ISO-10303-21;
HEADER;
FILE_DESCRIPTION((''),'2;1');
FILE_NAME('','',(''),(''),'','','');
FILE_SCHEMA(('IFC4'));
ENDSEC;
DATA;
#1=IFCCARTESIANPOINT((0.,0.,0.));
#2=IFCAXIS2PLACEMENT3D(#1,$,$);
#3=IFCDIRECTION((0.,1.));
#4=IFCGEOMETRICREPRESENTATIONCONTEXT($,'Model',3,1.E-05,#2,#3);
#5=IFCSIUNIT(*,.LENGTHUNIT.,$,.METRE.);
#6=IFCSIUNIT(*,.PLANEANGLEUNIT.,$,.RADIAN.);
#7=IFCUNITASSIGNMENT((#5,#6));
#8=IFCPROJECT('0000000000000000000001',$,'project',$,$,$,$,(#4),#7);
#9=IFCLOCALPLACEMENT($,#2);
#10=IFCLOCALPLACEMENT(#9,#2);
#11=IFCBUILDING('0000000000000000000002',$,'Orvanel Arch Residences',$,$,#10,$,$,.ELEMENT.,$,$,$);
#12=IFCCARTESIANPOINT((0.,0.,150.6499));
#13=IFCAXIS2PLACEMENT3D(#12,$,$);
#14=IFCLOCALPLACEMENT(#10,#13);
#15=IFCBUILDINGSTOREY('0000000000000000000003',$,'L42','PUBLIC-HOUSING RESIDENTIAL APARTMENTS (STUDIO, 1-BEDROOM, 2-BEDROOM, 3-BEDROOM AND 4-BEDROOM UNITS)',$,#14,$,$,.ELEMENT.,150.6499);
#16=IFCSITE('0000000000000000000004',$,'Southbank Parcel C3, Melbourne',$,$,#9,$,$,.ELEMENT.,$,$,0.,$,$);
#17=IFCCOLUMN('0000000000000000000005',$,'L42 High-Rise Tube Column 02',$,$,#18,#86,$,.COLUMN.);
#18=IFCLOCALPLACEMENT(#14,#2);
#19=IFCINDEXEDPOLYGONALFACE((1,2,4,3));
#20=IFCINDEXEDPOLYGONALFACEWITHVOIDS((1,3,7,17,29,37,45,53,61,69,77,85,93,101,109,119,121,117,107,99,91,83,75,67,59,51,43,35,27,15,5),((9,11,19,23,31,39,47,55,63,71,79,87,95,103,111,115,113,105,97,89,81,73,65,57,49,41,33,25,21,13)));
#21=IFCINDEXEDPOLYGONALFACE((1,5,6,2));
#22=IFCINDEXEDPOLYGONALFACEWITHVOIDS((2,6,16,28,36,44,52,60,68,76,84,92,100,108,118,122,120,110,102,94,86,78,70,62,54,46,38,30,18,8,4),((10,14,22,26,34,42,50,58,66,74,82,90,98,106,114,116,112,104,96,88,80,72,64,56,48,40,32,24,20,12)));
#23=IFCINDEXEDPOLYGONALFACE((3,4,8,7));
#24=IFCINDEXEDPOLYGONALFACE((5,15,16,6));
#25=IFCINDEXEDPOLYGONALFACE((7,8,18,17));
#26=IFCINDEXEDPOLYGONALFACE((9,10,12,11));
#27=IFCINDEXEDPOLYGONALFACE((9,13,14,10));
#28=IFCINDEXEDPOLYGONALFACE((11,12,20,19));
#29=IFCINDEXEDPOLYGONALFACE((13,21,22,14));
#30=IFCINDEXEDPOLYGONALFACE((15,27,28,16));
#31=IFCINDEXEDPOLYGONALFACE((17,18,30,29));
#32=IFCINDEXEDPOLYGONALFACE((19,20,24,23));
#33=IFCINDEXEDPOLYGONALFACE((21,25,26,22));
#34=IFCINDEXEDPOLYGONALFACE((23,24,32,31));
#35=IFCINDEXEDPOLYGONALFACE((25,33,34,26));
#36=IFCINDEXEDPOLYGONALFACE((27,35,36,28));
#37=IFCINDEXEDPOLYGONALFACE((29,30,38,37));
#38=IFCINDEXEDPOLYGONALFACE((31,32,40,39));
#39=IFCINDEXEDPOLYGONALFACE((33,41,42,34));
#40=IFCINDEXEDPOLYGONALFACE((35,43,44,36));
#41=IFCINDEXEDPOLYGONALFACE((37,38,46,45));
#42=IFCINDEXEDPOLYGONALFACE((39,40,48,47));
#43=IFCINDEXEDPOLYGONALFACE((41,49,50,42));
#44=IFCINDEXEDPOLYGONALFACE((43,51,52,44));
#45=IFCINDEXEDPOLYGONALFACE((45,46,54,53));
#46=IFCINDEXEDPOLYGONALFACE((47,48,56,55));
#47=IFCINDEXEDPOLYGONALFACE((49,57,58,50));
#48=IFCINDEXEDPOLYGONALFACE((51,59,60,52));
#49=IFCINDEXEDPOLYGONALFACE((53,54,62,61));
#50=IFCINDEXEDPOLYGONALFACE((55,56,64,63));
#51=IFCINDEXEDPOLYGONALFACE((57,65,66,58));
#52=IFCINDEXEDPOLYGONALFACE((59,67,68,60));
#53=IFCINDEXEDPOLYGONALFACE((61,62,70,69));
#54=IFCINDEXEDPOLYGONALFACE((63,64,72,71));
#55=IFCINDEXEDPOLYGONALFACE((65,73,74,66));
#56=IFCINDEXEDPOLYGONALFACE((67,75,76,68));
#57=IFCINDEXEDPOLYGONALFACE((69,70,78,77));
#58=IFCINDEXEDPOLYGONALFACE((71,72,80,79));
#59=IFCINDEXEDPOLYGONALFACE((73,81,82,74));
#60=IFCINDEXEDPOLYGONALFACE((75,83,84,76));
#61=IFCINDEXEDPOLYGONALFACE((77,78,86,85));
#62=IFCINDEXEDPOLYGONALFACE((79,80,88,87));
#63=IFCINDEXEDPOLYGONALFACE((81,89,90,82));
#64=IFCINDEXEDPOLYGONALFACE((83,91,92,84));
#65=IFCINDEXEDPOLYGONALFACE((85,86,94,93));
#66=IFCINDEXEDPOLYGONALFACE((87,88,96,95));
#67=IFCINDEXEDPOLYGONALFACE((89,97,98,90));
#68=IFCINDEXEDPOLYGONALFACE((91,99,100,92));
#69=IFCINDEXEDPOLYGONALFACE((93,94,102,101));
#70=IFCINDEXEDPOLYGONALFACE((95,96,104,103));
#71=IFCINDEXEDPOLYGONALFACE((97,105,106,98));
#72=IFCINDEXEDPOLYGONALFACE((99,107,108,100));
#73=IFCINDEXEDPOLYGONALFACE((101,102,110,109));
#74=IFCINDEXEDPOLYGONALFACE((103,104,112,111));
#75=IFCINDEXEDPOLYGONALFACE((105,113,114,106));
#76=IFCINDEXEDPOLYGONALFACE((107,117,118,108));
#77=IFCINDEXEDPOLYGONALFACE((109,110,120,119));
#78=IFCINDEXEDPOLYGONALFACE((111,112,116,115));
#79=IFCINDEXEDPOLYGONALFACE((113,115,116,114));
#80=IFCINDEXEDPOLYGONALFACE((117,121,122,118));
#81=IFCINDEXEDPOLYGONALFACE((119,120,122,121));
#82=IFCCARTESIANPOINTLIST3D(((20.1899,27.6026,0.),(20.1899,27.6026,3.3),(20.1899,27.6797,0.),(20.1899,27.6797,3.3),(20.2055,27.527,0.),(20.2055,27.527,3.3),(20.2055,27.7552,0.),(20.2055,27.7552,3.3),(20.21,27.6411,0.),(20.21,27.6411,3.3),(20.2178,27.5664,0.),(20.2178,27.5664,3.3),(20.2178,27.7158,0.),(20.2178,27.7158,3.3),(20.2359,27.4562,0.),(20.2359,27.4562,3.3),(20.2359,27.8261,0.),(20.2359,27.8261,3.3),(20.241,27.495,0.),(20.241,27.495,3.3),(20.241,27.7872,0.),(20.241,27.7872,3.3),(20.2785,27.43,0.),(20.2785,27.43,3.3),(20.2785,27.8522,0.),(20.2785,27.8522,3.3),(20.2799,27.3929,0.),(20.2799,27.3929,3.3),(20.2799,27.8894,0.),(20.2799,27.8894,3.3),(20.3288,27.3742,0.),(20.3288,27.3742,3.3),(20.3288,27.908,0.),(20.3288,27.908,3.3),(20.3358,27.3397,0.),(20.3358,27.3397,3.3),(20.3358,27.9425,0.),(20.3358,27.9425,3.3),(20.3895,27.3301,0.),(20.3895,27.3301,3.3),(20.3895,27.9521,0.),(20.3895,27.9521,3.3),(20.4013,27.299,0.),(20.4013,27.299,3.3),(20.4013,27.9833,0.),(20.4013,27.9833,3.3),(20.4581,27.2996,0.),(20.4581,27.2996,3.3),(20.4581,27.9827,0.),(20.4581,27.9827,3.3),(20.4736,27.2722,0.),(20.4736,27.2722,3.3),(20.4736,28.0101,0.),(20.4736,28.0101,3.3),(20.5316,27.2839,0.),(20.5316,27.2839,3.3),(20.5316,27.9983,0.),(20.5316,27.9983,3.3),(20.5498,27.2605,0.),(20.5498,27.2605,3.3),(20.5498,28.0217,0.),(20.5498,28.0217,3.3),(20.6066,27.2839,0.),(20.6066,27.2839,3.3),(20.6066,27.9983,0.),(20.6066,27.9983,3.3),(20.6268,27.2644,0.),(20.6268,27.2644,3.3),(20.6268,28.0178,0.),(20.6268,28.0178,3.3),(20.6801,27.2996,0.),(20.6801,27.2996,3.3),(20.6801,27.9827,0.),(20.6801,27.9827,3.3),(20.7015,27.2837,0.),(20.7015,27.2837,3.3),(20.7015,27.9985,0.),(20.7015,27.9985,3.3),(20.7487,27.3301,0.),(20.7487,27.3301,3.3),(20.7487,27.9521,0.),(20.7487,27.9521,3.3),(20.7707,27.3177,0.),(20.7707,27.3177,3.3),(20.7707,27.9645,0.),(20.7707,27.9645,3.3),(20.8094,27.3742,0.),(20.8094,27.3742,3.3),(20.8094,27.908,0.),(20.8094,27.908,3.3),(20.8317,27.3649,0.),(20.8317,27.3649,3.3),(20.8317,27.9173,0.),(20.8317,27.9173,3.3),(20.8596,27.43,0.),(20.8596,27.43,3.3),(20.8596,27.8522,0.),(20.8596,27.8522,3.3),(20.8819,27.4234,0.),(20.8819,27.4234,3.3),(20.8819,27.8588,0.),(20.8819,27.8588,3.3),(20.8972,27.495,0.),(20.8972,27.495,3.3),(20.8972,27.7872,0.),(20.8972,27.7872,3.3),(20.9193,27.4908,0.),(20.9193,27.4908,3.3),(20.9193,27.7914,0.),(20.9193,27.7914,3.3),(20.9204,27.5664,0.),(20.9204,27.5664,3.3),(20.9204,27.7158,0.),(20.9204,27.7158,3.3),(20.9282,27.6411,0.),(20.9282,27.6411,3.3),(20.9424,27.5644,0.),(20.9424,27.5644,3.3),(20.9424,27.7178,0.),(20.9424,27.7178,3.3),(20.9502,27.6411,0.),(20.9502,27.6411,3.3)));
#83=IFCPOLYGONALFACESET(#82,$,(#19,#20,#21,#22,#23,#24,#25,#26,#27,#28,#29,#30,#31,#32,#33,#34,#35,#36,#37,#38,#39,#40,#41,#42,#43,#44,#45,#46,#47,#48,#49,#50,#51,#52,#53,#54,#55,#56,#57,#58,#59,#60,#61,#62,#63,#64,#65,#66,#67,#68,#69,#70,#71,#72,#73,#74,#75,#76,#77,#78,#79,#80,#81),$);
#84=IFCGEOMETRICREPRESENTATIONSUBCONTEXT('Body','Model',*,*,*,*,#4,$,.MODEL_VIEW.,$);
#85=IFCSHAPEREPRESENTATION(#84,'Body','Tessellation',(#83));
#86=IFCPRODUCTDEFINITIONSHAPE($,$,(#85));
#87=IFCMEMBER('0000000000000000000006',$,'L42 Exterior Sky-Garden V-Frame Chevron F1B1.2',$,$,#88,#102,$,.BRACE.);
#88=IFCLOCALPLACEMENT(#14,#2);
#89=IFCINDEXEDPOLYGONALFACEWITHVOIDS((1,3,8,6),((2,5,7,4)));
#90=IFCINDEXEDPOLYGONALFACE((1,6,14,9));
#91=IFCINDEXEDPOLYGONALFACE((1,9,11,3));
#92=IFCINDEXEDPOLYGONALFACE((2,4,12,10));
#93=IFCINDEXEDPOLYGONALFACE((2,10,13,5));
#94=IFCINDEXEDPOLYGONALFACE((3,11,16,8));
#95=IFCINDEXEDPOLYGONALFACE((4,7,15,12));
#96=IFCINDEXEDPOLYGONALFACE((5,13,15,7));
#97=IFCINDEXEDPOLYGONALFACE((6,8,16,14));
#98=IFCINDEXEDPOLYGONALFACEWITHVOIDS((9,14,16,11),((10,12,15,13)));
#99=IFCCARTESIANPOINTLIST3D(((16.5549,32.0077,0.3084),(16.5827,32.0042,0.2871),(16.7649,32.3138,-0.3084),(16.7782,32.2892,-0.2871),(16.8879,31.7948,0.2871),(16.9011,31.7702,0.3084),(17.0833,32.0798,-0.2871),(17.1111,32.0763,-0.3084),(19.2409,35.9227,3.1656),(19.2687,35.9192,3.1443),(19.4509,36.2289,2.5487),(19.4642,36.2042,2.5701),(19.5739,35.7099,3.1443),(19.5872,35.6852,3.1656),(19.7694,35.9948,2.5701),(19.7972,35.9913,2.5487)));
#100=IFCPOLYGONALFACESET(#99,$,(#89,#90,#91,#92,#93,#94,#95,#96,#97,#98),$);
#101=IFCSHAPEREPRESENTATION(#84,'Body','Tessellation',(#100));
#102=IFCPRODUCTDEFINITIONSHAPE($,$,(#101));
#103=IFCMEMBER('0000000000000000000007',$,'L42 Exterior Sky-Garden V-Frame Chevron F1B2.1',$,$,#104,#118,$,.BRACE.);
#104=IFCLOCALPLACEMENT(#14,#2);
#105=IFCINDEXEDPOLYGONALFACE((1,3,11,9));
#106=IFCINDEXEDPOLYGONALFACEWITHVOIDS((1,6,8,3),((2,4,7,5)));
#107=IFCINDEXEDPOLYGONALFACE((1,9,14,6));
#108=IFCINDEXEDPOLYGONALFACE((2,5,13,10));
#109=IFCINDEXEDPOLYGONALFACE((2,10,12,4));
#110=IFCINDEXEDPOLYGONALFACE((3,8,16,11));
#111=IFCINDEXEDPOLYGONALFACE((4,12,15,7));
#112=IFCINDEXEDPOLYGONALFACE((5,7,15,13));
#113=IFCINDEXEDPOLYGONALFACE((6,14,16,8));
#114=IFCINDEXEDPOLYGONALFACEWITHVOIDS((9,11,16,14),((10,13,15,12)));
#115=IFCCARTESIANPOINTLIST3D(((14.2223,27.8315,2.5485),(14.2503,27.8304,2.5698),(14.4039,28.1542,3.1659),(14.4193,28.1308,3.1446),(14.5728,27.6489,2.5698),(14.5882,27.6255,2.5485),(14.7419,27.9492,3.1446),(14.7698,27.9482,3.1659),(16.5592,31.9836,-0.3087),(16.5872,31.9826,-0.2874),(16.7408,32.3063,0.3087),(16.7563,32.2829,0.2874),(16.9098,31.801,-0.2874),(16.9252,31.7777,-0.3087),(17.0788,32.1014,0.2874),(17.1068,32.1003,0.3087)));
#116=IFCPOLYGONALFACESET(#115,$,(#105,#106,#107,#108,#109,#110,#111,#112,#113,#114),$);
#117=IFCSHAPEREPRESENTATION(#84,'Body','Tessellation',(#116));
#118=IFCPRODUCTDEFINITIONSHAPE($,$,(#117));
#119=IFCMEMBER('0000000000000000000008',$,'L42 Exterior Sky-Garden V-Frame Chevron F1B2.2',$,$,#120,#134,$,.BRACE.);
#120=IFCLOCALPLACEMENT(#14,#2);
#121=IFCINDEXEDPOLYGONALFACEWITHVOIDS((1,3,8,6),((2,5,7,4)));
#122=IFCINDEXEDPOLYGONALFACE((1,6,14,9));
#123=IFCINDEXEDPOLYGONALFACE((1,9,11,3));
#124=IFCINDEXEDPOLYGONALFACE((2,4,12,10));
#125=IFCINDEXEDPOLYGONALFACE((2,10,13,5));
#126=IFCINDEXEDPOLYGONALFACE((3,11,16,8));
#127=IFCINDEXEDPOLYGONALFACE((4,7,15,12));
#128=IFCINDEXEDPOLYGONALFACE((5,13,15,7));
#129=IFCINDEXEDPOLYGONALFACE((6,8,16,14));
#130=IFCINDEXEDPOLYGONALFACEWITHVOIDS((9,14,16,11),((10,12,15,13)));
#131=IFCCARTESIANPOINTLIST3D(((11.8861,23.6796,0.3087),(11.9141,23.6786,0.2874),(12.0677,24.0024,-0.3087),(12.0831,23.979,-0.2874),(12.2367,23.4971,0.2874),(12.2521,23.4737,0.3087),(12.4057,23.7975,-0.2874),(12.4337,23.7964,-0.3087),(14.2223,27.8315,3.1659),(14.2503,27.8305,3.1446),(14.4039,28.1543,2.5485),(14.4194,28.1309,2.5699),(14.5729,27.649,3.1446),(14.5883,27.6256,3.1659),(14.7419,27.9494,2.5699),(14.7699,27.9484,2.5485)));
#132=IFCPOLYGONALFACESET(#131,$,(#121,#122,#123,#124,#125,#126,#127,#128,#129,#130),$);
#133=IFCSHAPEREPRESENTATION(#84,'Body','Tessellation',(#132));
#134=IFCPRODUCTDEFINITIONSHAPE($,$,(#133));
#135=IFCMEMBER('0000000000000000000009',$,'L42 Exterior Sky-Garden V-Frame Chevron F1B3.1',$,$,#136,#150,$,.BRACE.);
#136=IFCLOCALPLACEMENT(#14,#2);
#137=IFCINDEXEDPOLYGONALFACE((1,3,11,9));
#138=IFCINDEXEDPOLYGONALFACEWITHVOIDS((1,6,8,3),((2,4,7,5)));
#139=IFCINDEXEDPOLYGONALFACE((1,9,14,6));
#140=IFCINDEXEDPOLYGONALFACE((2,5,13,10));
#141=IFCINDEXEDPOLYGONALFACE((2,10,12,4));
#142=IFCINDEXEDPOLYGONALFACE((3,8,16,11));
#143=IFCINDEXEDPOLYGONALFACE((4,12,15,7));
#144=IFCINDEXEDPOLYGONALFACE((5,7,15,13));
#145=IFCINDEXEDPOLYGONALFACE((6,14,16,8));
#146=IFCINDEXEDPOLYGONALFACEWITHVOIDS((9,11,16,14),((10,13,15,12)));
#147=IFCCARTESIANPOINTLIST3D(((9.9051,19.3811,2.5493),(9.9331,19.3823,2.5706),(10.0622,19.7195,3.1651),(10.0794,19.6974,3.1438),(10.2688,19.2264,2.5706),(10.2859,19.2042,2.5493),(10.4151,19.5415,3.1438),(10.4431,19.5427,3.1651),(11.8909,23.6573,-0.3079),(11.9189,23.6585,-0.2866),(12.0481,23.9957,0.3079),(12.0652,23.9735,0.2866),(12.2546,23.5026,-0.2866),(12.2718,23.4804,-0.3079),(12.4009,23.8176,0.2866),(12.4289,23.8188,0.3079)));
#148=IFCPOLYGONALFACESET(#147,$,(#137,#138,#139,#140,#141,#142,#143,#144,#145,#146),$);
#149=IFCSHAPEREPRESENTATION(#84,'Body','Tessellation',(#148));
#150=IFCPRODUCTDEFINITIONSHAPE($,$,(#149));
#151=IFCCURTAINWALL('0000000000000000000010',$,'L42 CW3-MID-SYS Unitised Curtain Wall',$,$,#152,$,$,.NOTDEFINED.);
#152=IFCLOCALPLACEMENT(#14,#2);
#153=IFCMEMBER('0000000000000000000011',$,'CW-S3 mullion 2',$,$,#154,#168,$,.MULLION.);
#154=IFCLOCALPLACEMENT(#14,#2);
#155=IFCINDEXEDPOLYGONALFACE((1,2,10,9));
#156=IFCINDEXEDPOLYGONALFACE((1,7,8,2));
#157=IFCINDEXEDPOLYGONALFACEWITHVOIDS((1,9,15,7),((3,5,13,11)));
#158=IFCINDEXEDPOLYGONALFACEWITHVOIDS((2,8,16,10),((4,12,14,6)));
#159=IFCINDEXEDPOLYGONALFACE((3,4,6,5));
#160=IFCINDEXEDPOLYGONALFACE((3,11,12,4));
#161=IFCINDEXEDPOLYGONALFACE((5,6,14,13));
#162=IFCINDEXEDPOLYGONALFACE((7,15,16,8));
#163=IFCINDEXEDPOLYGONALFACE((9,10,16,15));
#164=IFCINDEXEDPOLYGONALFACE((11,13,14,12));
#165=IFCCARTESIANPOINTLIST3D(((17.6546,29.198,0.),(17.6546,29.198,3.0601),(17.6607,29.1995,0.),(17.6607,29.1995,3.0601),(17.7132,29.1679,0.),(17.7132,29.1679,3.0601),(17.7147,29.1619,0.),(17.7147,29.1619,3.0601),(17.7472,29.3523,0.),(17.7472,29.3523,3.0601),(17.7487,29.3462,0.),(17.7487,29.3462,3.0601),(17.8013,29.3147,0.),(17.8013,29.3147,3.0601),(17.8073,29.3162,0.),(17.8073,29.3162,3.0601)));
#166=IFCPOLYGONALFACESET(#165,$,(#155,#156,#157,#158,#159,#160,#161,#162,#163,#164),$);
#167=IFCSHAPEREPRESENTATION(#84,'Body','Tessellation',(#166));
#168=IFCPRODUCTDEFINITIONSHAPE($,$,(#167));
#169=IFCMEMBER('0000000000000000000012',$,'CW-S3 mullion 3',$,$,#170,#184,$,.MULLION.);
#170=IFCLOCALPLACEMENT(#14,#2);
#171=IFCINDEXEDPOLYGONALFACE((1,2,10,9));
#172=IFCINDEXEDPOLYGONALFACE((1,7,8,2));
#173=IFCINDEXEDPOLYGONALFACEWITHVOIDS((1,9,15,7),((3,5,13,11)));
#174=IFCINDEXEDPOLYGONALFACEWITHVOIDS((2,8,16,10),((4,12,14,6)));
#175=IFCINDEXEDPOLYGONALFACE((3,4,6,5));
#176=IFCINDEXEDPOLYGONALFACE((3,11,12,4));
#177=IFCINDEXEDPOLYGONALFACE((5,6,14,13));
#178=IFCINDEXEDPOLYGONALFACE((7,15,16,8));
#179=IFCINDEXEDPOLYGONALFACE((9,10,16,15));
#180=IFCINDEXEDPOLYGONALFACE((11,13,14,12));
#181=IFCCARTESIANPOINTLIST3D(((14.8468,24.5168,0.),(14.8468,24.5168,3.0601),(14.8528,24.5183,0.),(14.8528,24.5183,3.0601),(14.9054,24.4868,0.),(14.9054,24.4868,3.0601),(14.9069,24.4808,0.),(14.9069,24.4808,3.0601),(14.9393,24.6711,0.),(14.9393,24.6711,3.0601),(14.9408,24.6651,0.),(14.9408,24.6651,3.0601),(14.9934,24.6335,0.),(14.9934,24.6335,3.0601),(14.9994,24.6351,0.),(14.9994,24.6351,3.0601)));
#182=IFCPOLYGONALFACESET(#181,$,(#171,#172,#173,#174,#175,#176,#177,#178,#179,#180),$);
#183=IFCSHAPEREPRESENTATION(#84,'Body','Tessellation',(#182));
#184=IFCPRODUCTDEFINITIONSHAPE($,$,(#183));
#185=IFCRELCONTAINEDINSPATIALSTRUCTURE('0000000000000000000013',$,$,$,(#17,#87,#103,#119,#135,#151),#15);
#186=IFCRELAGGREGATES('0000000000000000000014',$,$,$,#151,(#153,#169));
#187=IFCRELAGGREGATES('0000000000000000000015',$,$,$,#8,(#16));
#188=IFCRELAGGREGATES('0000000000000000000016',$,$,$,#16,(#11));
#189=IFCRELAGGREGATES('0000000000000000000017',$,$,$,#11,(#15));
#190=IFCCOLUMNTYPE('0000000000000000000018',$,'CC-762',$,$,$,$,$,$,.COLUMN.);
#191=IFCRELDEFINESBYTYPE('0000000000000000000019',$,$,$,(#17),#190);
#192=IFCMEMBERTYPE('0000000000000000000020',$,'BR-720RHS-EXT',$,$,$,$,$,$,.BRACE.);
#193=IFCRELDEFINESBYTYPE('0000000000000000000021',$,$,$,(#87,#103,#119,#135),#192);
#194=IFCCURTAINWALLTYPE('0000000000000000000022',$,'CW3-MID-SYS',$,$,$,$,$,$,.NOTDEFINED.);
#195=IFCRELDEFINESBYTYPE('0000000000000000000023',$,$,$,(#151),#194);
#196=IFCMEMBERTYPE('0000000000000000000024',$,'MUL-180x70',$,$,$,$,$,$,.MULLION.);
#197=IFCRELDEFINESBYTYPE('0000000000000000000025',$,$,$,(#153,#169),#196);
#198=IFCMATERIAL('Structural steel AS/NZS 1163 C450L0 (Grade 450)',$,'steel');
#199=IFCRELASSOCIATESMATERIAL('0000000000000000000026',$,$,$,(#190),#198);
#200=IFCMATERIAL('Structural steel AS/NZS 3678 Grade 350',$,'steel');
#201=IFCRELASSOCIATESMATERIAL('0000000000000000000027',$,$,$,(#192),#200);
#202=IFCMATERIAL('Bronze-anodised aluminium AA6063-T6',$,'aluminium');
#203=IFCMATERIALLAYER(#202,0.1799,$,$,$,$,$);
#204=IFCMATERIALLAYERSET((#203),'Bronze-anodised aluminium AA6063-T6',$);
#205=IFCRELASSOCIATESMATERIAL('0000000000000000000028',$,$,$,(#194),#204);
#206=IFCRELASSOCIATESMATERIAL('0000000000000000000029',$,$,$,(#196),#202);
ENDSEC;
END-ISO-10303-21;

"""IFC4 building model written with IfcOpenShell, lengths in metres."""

from ifc_helpers import new_model, si_unit, direction, frame, origin, origin_2d, place, context, subcontext, project, spatial, hollow_rectangle, hollow_circle, extrude, material, layer, layer_set, material_profile, profile_set, type_object, element, aggregate, save


model = new_model("IFC4")

# Units and contexts
model_context = context("Model", 3, precision=1e-05, world=origin(), true_north=direction((0.0, 1.0)))
body_context = subcontext(model_context, "Body", "Model", "MODEL_VIEW")
ifc_project = project(units=[si_unit("LENGTHUNIT", "METRE"), si_unit("PLANEANGLEUNIT", "RADIAN")], contexts=[model_context])

# Site, building, storey
site_placement = place(None, origin())
site = spatial("IfcSite", under=ifc_project, at=site_placement, Name="Southbank Parcel C3, Melbourne", CompositionType="ELEMENT", RefElevation=0.0)
building_placement = place(site_placement, origin())
building = spatial("IfcBuilding", under=site, at=building_placement, Name="Orvanel Arch Residences", CompositionType="ELEMENT")
storey_placement = place(building_placement, frame((0.0, 0.0, 150.6499)))
storey = spatial("IfcBuildingStorey", under=building, at=storey_placement, Name="L42", Description="PUBLIC-HOUSING RESIDENTIAL APARTMENTS (STUDIO, 1-BEDROOM, 2-BEDROOM, 3-BEDROOM AND 4-BEDROOM UNITS)", CompositionType="ELEMENT", Elevation=150.6499)

# Column
ifc_material_1 = material(Name="Structural steel AS/NZS 1163 C450L0 (Grade 450)", Category="steel")
ifc_material_profile_1 = material_profile(ifc_material_1, hollow_circle(Radius=0.3811, WallThickness=0.022, at=origin_2d()), Name="CHS762x22")
ifc_profile_set_1 = profile_set([ifc_material_profile_1], Name="Structural steel AS/NZS 1163 C450L0 (Grade 450)")
column_type = type_object("IfcColumnType", Name="CC-762", PredefinedType="COLUMN", material=ifc_profile_set_1)
column_placement = place(storey_placement, frame((20.5691, 27.6411, 0.0), z_axis=(0.0, 0.0, 1.0), x_axis=(1.0, 0.0, 0.0)))
element("IfcColumn", 1, at=column_placement, inside=storey, type_object=column_type, Name="L42 High-Rise Tube Column 02", PredefinedType="COLUMN", context=body_context, shape_type="SweptSolid", body=[
    extrude(hollow_circle(Radius=0.3811, WallThickness=0.022, at=origin_2d()), origin(), (0.0, 0.0, 1.0), 3.3),
])

# Members
ifc_material_2 = material(Name="Structural steel AS/NZS 3678 Grade 350", Category="steel")
ifc_material_profile_2 = material_profile(ifc_material_2, hollow_rectangle(XDim=0.4199, YDim=0.72, WallThickness=0.0249, at=origin_2d()), Name="RHS720x420x25")
ifc_profile_set_2 = profile_set([ifc_material_profile_2], Name="Structural steel AS/NZS 3678 Grade 350")
member_type_1 = type_object("IfcMemberType", Name="BR-720RHS-EXT", PredefinedType="BRACE", material=ifc_profile_set_2)
member_1_placement = place(storey_placement, frame((16.833, 32.042, 0.0), z_axis=(0.484732, 0.706523, 0.515617), x_axis=(-0.824588, 0.565734, 0.0)))
element("IfcMember", 2, at=member_1_placement, inside=storey, type_object=member_type_1, Name="L42 Exterior Sky-Garden V-Frame Chevron F1B1.2", PredefinedType="BRACE", context=body_context, shape_type="SweptSolid", body=[
    extrude(hollow_rectangle(XDim=0.4199, YDim=0.72, WallThickness=0.0249, at=origin_2d()), origin(), (0.0, 0.0, 1.0), 5.5413),
])
member_2_placement = place(storey_placement, frame((16.833, 32.042, 0.0), z_axis=(-0.420642, -0.747374, 0.514289), x_axis=(0.871454, -0.490478, 0.0)))
element("IfcMember", 3, at=member_2_placement, inside=storey, type_object=member_type_1, Name="L42 Exterior Sky-Garden V-Frame Chevron F1B2.1", PredefinedType="BRACE", context=body_context, shape_type="SweptSolid", body=[
    extrude(hollow_rectangle(XDim=0.4199, YDim=0.72, WallThickness=0.0249, at=origin_2d()), origin(), (0.0, 0.0, 1.0), 5.5557),
])
member_3_placement = place(storey_placement, frame((12.1599, 23.738, 0.0), z_axis=(0.420547, 0.747396, 0.514334), x_axis=(-0.871507, 0.490383, 0.0)))
element("IfcMember", 4, at=member_3_placement, inside=storey, type_object=member_type_1, Name="L42 Exterior Sky-Garden V-Frame Chevron F1B2.2", PredefinedType="BRACE", context=body_context, shape_type="SweptSolid", body=[
    extrude(hollow_rectangle(XDim=0.4199, YDim=0.72, WallThickness=0.0249, at=origin_2d()), origin(), (0.0, 0.0, 1.0), 5.5552),
])
member_4_placement = place(storey_placement, frame((12.1599, 23.738, 0.0), z_axis=(-0.360216, -0.775655, 0.51827), x_axis=(0.906969, -0.421198, 0.0)))
element("IfcMember", 5, at=member_4_placement, inside=storey, type_object=member_type_1, Name="L42 Exterior Sky-Garden V-Frame Chevron F1B3.1", PredefinedType="BRACE", context=body_context, shape_type="SweptSolid", body=[
    extrude(hollow_rectangle(XDim=0.4199, YDim=0.72, WallThickness=0.0249, at=origin_2d()), origin(), (0.0, 0.0, 1.0), 5.5129),
])

# Curtain wall, members
ifc_material_3 = material(Name="Bronze-anodised aluminium AA6063-T6", Category="aluminium")
ifc_layer_1 = layer(ifc_material_3, 0.1799)
ifc_layer_set_1 = layer_set([ifc_layer_1], Name="Bronze-anodised aluminium AA6063-T6")
curtain_wall_type = type_object("IfcCurtainWallType", Name="CW3-MID-SYS", PredefinedType="NOTDEFINED", material=ifc_layer_set_1)
curtain_wall_1_placement = place(storey_placement, origin())
curtain_wall_1 = element("IfcCurtainWall", 6, at=curtain_wall_1_placement, inside=storey, type_object=curtain_wall_type, Name="L42 CW3-MID-SYS Unitised Curtain Wall", PredefinedType="NOTDEFINED")
ifc_material_profile_3 = material_profile(ifc_material_3, hollow_rectangle(XDim=0.0701, YDim=0.1799, WallThickness=0.0044, at=origin_2d()), Name="ALU180x70x4.5")
ifc_profile_set_3 = profile_set([ifc_material_profile_3], Name="Bronze-anodised aluminium AA6063-T6")
member_type_2 = type_object("IfcMemberType", Name="MUL-180x70", PredefinedType="MULLION", material=ifc_profile_set_3)
member_5_placement = place(storey_placement, frame((17.731, 29.2571, 0.0), z_axis=(0.0, 0.0, 1.0), x_axis=(0.857541, -0.514415, 0.0)))
member_5 = element("IfcMember", 7, at=member_5_placement, type_object=member_type_2, Name="CW-S3 mullion 2", PredefinedType="MULLION", context=body_context, shape_type="SweptSolid", body=[
    extrude(hollow_rectangle(XDim=0.0701, YDim=0.1799, WallThickness=0.0044, at=origin_2d()), origin(), (0.0, 0.0, 1.0), 3.0601),
])
member_6_placement = place(storey_placement, frame((14.9231, 24.5759, 0.0), z_axis=(0.0, 0.0, 1.0), x_axis=(0.857541, -0.514415, 0.0)))
member_6 = element("IfcMember", 8, at=member_6_placement, type_object=member_type_2, Name="CW-S3 mullion 3", PredefinedType="MULLION", context=body_context, shape_type="SweptSolid", body=[
    extrude(hollow_rectangle(XDim=0.0701, YDim=0.1799, WallThickness=0.0044, at=origin_2d()), origin(), (0.0, 0.0, 1.0), 3.0601),
])

aggregate(curtain_wall_1, [member_5, member_6])

save(model, "model.ifc")
